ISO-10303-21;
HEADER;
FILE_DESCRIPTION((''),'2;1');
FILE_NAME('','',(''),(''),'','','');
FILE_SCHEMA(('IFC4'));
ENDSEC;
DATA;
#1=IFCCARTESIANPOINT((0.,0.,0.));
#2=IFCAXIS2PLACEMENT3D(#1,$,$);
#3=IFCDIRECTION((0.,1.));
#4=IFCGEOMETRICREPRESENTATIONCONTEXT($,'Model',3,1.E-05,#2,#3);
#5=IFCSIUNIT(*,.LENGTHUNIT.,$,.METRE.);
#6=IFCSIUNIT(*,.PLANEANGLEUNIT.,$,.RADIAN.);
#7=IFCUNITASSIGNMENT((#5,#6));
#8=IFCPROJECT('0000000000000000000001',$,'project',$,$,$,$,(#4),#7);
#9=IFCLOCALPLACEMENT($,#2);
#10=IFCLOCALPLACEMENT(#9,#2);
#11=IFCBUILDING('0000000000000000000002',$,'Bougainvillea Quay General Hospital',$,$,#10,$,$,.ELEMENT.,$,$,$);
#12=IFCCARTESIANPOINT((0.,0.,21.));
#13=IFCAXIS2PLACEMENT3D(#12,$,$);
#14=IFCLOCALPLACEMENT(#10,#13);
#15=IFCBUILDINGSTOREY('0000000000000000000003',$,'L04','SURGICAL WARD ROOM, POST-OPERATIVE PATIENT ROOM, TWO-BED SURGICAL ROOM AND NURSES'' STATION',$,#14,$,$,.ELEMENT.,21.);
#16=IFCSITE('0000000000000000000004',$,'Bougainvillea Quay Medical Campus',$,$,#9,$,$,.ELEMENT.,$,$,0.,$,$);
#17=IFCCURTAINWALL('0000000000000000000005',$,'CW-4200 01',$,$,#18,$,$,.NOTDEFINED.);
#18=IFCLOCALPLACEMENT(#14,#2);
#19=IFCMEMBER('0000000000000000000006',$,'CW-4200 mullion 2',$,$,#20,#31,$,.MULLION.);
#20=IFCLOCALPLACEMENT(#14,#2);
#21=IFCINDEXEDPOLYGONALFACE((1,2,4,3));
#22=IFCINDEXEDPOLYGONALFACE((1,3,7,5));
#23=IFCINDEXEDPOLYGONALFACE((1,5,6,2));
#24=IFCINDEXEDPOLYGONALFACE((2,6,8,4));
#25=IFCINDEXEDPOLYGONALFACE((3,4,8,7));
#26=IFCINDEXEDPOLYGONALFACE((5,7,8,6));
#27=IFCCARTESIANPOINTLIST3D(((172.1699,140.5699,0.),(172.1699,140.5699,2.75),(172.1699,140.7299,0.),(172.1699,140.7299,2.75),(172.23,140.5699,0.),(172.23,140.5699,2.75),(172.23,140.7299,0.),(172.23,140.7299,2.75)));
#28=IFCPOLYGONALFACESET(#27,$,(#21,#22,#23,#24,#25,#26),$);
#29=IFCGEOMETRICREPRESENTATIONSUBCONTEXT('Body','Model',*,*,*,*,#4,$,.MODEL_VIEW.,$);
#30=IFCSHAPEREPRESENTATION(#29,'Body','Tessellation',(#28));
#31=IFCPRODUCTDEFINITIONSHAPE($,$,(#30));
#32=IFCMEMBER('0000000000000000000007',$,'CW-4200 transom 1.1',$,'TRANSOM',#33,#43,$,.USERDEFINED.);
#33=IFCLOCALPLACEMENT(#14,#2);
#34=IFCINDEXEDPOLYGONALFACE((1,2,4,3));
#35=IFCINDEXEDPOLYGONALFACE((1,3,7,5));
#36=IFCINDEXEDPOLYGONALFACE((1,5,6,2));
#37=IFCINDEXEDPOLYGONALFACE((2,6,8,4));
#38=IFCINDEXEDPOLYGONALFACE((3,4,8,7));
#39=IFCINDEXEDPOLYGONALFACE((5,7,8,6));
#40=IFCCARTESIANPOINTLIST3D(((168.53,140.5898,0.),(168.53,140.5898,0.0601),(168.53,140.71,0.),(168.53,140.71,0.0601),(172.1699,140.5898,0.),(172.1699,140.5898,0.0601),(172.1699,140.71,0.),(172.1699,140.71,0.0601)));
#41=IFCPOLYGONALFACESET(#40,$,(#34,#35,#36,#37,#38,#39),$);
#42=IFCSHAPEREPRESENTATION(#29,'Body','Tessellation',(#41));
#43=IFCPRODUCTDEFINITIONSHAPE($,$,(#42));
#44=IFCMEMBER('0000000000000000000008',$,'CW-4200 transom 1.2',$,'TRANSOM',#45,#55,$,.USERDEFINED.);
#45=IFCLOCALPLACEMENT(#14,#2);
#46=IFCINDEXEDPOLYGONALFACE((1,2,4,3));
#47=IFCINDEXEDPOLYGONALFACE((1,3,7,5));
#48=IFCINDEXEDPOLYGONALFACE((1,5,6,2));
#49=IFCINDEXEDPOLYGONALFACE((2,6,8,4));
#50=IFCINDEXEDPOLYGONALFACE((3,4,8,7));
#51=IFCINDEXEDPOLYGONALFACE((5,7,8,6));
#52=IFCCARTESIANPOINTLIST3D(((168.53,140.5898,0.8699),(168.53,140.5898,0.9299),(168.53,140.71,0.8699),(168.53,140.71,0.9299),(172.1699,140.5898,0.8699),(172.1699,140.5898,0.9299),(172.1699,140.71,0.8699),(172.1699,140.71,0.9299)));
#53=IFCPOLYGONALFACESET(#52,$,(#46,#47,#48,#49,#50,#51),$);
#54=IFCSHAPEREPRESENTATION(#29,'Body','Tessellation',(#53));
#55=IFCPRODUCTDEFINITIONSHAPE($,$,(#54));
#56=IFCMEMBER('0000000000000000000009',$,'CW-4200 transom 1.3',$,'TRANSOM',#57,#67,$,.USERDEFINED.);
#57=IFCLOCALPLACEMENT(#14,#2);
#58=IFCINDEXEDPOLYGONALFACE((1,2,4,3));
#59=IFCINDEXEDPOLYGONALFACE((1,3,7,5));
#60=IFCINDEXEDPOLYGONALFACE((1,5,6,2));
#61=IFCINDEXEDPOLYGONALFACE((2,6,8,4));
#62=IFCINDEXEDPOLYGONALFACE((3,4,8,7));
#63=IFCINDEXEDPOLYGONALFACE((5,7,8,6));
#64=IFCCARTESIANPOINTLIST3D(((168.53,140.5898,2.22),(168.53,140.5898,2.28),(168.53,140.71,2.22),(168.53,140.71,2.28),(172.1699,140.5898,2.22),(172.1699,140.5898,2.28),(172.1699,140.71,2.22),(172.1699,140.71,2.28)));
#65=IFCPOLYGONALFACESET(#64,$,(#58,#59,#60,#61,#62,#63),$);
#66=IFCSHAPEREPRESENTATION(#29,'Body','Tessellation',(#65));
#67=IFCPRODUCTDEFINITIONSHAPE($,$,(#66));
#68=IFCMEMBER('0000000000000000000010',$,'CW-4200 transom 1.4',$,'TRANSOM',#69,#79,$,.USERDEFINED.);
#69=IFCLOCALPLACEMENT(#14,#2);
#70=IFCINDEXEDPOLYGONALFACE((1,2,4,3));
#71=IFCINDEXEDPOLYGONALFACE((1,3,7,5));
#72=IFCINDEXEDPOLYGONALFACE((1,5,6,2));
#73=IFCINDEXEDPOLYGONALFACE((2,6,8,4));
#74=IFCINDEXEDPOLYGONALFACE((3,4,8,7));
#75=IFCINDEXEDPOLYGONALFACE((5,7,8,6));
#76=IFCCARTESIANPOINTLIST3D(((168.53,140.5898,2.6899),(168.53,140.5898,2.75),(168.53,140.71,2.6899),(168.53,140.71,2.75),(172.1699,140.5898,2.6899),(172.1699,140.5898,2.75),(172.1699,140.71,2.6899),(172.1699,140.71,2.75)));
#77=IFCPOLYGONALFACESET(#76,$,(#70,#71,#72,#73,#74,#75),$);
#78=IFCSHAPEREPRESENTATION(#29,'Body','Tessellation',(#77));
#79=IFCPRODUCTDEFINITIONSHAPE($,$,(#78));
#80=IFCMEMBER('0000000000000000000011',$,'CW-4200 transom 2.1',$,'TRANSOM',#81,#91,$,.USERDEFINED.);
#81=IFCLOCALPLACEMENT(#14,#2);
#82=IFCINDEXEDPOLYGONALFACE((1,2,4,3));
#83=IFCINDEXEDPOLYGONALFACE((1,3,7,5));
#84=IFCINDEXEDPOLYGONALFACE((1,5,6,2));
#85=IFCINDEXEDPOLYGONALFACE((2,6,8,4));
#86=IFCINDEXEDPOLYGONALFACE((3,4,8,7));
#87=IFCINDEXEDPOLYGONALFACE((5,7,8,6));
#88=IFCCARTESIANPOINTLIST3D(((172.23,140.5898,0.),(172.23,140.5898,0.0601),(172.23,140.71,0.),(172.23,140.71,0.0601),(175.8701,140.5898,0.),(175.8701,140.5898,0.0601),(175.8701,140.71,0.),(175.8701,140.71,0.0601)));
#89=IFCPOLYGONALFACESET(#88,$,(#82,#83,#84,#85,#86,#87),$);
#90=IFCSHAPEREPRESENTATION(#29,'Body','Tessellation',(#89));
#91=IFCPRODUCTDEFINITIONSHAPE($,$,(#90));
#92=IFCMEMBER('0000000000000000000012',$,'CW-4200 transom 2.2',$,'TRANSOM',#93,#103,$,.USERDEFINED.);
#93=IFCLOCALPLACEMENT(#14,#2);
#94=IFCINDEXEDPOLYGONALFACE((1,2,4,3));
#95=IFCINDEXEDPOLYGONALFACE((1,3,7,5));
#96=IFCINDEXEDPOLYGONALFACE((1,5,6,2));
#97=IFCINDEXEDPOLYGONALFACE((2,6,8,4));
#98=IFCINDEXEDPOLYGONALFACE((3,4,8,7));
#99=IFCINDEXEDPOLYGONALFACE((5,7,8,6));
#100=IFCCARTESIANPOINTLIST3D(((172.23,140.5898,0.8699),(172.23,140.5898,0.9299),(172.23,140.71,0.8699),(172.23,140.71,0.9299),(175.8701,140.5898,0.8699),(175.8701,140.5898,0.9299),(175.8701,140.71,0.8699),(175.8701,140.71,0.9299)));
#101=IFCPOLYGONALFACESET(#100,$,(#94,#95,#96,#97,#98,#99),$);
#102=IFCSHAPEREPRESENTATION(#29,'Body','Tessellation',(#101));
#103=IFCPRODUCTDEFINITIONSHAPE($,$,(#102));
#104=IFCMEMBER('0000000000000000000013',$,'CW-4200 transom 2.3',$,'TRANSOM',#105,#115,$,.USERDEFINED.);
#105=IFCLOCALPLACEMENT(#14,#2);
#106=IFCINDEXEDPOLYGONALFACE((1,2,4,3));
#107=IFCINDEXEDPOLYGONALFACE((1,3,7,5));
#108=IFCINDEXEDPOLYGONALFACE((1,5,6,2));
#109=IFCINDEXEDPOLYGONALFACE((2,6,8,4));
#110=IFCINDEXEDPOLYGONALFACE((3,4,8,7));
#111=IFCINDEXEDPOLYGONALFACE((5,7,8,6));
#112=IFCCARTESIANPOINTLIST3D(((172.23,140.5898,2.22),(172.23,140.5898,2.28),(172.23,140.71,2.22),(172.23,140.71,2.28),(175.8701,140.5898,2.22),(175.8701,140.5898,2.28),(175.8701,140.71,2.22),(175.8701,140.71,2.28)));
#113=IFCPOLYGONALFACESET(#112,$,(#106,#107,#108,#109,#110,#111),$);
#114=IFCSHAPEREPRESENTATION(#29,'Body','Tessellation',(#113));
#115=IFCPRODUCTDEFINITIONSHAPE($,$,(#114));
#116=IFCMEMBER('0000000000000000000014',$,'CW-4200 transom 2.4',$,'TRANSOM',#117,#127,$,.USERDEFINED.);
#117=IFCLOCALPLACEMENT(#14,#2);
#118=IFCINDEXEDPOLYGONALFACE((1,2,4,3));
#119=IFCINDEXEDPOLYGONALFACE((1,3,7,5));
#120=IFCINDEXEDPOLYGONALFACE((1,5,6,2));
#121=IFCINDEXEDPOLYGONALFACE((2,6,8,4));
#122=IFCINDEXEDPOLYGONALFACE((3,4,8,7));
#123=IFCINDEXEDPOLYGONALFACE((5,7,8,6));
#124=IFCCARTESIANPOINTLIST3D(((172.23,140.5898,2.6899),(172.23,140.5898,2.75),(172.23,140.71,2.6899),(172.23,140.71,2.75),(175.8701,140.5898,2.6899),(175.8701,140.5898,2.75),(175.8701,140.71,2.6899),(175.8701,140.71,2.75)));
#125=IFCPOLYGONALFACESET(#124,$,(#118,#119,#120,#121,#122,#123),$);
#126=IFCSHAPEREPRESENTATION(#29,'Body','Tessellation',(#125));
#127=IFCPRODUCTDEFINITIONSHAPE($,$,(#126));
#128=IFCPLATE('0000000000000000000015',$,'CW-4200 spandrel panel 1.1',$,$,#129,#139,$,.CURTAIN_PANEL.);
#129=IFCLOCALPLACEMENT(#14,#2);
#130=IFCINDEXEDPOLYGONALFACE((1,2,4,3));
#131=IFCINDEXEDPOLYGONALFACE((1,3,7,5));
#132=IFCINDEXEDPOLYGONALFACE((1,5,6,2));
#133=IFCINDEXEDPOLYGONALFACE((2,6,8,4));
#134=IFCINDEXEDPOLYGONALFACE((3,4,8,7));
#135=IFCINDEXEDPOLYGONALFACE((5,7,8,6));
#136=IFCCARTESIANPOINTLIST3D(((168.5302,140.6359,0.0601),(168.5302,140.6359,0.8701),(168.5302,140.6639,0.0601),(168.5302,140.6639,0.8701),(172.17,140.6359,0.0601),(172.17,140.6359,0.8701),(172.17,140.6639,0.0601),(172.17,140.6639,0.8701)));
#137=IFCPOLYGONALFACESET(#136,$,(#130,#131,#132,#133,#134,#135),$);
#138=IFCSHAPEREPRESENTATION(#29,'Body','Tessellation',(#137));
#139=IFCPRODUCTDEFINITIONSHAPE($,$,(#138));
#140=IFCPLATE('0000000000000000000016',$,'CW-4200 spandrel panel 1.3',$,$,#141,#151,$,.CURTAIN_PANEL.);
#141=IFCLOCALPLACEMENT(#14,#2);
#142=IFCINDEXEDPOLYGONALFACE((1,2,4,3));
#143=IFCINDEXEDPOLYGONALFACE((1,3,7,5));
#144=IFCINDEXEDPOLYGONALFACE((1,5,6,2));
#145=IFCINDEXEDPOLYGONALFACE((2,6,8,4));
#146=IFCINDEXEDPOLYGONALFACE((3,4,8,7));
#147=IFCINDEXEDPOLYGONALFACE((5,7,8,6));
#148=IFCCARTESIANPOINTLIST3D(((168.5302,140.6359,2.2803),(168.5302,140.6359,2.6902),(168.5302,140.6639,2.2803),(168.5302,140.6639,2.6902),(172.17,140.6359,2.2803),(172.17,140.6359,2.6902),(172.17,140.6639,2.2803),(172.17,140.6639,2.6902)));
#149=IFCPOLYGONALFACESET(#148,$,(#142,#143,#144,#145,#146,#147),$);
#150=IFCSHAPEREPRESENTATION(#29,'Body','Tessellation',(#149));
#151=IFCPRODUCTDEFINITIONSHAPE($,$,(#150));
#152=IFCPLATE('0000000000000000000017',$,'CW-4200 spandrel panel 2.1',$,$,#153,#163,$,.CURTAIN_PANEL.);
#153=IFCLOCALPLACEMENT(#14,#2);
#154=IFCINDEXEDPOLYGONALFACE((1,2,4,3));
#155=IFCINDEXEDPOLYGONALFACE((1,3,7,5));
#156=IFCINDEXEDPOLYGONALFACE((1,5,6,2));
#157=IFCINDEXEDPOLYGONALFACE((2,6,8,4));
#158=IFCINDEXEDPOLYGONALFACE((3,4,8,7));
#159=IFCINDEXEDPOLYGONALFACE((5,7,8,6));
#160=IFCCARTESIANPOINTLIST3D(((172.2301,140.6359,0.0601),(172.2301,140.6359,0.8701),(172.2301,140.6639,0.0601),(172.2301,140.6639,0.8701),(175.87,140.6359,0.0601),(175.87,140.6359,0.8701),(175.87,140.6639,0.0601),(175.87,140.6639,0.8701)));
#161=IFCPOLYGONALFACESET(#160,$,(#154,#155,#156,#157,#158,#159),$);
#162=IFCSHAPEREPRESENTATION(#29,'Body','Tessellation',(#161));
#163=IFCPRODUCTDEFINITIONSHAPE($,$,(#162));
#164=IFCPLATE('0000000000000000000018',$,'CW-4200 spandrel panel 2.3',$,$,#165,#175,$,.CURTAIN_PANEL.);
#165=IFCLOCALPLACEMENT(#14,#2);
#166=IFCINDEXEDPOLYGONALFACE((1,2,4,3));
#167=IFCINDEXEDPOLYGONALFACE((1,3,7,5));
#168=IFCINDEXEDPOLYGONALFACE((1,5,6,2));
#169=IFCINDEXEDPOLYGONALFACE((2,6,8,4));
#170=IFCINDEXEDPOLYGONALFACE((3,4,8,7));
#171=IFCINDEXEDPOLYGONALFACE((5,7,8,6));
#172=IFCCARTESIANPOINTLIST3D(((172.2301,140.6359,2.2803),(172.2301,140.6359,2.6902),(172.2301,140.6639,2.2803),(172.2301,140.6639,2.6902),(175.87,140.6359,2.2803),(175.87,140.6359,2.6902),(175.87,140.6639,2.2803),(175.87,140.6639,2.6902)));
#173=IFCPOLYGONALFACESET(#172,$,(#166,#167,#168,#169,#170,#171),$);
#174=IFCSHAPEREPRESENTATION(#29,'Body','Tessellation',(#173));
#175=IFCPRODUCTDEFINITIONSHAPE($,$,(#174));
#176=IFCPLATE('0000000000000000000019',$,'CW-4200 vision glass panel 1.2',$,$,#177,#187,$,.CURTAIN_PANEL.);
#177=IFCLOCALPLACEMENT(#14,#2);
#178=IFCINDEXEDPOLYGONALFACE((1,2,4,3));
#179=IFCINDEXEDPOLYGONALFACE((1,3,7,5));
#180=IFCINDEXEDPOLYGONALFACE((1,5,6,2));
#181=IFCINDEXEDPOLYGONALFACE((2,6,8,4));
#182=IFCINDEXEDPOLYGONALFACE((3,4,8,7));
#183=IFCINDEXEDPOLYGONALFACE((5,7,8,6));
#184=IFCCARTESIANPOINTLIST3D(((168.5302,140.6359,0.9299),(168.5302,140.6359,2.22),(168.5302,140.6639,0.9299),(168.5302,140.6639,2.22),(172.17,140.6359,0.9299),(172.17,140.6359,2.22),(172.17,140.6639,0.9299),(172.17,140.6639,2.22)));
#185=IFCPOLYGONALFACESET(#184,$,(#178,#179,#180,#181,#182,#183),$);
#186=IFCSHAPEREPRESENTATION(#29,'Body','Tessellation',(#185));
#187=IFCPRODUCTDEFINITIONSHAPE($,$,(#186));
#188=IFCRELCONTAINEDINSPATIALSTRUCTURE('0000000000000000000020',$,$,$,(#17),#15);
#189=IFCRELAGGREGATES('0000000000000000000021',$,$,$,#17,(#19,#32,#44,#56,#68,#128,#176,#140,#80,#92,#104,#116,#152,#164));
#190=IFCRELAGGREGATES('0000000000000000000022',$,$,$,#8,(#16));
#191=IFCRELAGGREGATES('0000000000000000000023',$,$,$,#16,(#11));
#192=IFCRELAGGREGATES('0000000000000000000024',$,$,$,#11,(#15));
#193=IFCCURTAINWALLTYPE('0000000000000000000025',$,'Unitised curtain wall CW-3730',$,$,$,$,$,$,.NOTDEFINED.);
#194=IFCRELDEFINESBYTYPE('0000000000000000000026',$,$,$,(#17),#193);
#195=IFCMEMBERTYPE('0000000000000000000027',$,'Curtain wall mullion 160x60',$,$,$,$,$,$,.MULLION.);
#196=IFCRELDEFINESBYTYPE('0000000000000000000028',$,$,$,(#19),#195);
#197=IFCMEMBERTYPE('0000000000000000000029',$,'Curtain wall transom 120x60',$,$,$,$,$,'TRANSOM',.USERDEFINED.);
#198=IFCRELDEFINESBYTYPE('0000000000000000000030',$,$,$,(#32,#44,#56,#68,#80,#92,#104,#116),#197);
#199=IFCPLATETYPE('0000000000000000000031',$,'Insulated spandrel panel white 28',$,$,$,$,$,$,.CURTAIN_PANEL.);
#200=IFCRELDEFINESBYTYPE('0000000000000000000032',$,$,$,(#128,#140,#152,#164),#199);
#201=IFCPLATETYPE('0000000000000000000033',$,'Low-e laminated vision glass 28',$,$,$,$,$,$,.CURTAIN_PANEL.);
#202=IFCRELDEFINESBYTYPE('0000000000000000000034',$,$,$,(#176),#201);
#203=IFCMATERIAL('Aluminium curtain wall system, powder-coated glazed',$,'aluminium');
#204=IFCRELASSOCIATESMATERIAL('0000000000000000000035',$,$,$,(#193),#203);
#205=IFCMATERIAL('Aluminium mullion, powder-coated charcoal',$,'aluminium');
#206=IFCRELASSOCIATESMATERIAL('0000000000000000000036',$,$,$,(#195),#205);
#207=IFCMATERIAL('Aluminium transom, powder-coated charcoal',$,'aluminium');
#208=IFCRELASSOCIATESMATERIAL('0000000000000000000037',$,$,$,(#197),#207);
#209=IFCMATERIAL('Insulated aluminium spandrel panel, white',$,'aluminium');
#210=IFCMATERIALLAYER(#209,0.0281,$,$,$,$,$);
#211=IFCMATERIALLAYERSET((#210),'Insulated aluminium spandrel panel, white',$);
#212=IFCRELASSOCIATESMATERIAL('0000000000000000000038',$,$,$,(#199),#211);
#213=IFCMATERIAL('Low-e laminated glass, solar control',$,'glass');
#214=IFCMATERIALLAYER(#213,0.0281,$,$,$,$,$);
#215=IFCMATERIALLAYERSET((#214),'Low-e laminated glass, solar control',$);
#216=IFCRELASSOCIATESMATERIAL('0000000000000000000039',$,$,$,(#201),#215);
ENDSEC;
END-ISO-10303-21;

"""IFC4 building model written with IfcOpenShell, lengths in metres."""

from ifc_helpers import new_model, si_unit, direction, frame, origin, origin_2d, place, context, subcontext, project, spatial, rectangle, extrude, material, layer, layer_set, material_profile, profile_set, type_object, element, aggregate, save


model = new_model("IFC4")

# Units and contexts
model_context = context("Model", 3, precision=1e-05, world=origin(), true_north=direction((0.0, 1.0)))
body_context = subcontext(model_context, "Body", "Model", "MODEL_VIEW")
ifc_project = project(units=[si_unit("LENGTHUNIT", "METRE"), si_unit("PLANEANGLEUNIT", "RADIAN")], contexts=[model_context])

# Site, building, storey
site_placement = place(None, origin())
site = spatial("IfcSite", under=ifc_project, at=site_placement, Name="Bougainvillea Quay Medical Campus", CompositionType="ELEMENT", RefElevation=0.0)
building_placement = place(site_placement, origin())
building = spatial("IfcBuilding", under=site, at=building_placement, Name="Bougainvillea Quay General Hospital", CompositionType="ELEMENT")
storey_placement = place(building_placement, frame((0.0, 0.0, 21.0)))
storey = spatial("IfcBuildingStorey", under=building, at=storey_placement, Name="L04", Description="SURGICAL WARD ROOM, POST-OPERATIVE PATIENT ROOM, TWO-BED SURGICAL ROOM AND NURSES' STATION", CompositionType="ELEMENT", Elevation=21.0)

# Curtain wall, members, plates
ifc_material_1 = material(Name="Aluminium curtain wall system, powder-coated glazed", Category="aluminium")
curtain_wall_type = type_object("IfcCurtainWallType", Name="Unitised curtain wall CW-3730", PredefinedType="NOTDEFINED", material=ifc_material_1)
curtain_wall_placement = place(storey_placement, origin())
curtain_wall = element("IfcCurtainWall", 1, at=curtain_wall_placement, inside=storey, type_object=curtain_wall_type, Name="CW-4200 01", PredefinedType="NOTDEFINED")
ifc_material_2 = material(Name="Aluminium mullion, powder-coated charcoal", Category="aluminium")
ifc_material_profile_1 = material_profile(ifc_material_2, rectangle(XDim=0.1599, YDim=0.0601, at=origin_2d()))
ifc_profile_set_1 = profile_set([ifc_material_profile_1], Name="Aluminium mullion, powder-coated charcoal")
member_type_1 = type_object("IfcMemberType", Name="Curtain wall mullion 160x60", PredefinedType="MULLION", material=ifc_profile_set_1)
member_1_placement = place(storey_placement, frame((172.2, 140.6499, 0.0), z_axis=(0.0, 0.0, 1.0), x_axis=(0.0, 1.0, 0.0)))
member_1 = element("IfcMember", 2, at=member_1_placement, type_object=member_type_1, Name="CW-4200 mullion 2", PredefinedType="MULLION", context=body_context, shape_type="SweptSolid", body=[
    extrude(rectangle(XDim=0.1599, YDim=0.0601, at=origin_2d()), origin(), (0.0, 0.0, 1.0), 2.75),
])
ifc_material_3 = material(Name="Aluminium transom, powder-coated charcoal", Category="aluminium")
ifc_material_profile_2 = material_profile(ifc_material_3, rectangle(XDim=0.1201, YDim=0.0601, at=origin_2d()))
ifc_profile_set_2 = profile_set([ifc_material_profile_2], Name="Aluminium transom, powder-coated charcoal")
member_type_2 = type_object("IfcMemberType", Name="Curtain wall transom 120x60", ElementType="TRANSOM", PredefinedType="USERDEFINED", material=ifc_profile_set_2)
member_2_placement = place(storey_placement, frame((168.53, 140.6499, 0.03), z_axis=(1.0, 0.0, 0.0), x_axis=(0.0, 1.0, 0.0)))
member_2 = element("IfcMember", 3, at=member_2_placement, type_object=member_type_2, Name="CW-4200 transom 1.1", ObjectType="TRANSOM", PredefinedType="USERDEFINED", context=body_context, shape_type="SweptSolid", body=[
    extrude(rectangle(XDim=0.1201, YDim=0.0601, at=origin_2d()), origin(), (0.0, 0.0, 1.0), 3.6399),
])
member_3_placement = place(storey_placement, frame((168.53, 140.6499, 0.8999), z_axis=(1.0, 0.0, 0.0), x_axis=(0.0, 1.0, 0.0)))
member_3 = element("IfcMember", 4, at=member_3_placement, type_object=member_type_2, Name="CW-4200 transom 1.2", ObjectType="TRANSOM", PredefinedType="USERDEFINED", context=body_context, shape_type="SweptSolid", body=[
    extrude(rectangle(XDim=0.1201, YDim=0.0601, at=origin_2d()), origin(), (0.0, 0.0, 1.0), 3.6399),
])
member_4_placement = place(storey_placement, frame((168.53, 140.6499, 2.25), z_axis=(1.0, 0.0, 0.0), x_axis=(0.0, 1.0, 0.0)))
member_4 = element("IfcMember", 5, at=member_4_placement, type_object=member_type_2, Name="CW-4200 transom 1.3", ObjectType="TRANSOM", PredefinedType="USERDEFINED", context=body_context, shape_type="SweptSolid", body=[
    extrude(rectangle(XDim=0.1201, YDim=0.0601, at=origin_2d()), origin(), (0.0, 0.0, 1.0), 3.6399),
])
member_5_placement = place(storey_placement, frame((168.53, 140.6499, 2.72), z_axis=(1.0, 0.0, 0.0), x_axis=(0.0, 1.0, 0.0)))
member_5 = element("IfcMember", 6, at=member_5_placement, type_object=member_type_2, Name="CW-4200 transom 1.4", ObjectType="TRANSOM", PredefinedType="USERDEFINED", context=body_context, shape_type="SweptSolid", body=[
    extrude(rectangle(XDim=0.1201, YDim=0.0601, at=origin_2d()), origin(), (0.0, 0.0, 1.0), 3.6399),
])
member_6_placement = place(storey_placement, frame((172.23, 140.6499, 0.03), z_axis=(1.0, 0.0, 0.0), x_axis=(0.0, 1.0, 0.0)))
member_6 = element("IfcMember", 7, at=member_6_placement, type_object=member_type_2, Name="CW-4200 transom 2.1", ObjectType="TRANSOM", PredefinedType="USERDEFINED", context=body_context, shape_type="SweptSolid", body=[
    extrude(rectangle(XDim=0.1201, YDim=0.0601, at=origin_2d()), origin(), (0.0, 0.0, 1.0), 3.6401),
])
member_7_placement = place(storey_placement, frame((172.23, 140.6499, 0.8999), z_axis=(1.0, 0.0, 0.0), x_axis=(0.0, 1.0, 0.0)))
member_7 = element("IfcMember", 8, at=member_7_placement, type_object=member_type_2, Name="CW-4200 transom 2.2", ObjectType="TRANSOM", PredefinedType="USERDEFINED", context=body_context, shape_type="SweptSolid", body=[
    extrude(rectangle(XDim=0.1201, YDim=0.0601, at=origin_2d()), origin(), (0.0, 0.0, 1.0), 3.6401),
])
member_8_placement = place(storey_placement, frame((172.23, 140.6499, 2.25), z_axis=(1.0, 0.0, 0.0), x_axis=(0.0, 1.0, 0.0)))
member_8 = element("IfcMember", 9, at=member_8_placement, type_object=member_type_2, Name="CW-4200 transom 2.3", ObjectType="TRANSOM", PredefinedType="USERDEFINED", context=body_context, shape_type="SweptSolid", body=[
    extrude(rectangle(XDim=0.1201, YDim=0.0601, at=origin_2d()), origin(), (0.0, 0.0, 1.0), 3.6401),
])
member_9_placement = place(storey_placement, frame((172.23, 140.6499, 2.72), z_axis=(1.0, 0.0, 0.0), x_axis=(0.0, 1.0, 0.0)))
member_9 = element("IfcMember", 10, at=member_9_placement, type_object=member_type_2, Name="CW-4200 transom 2.4", ObjectType="TRANSOM", PredefinedType="USERDEFINED", context=body_context, shape_type="SweptSolid", body=[
    extrude(rectangle(XDim=0.1201, YDim=0.0601, at=origin_2d()), origin(), (0.0, 0.0, 1.0), 3.6401),
])
ifc_material_4 = material(Name="Insulated aluminium spandrel panel, white", Category="aluminium")
ifc_layer_1 = layer(ifc_material_4, 0.0281)
ifc_layer_set_1 = layer_set([ifc_layer_1], Name="Insulated aluminium spandrel panel, white")
plate_type_1 = type_object("IfcPlateType", Name="Insulated spandrel panel white 28", PredefinedType="CURTAIN_PANEL", material=ifc_layer_set_1)
plate_1_placement = place(storey_placement, frame((170.3501, 140.6499, 0.0601), z_axis=(0.0, 0.0, 1.0), x_axis=(1.0, 0.0, 0.0)))
plate_1 = element("IfcPlate", 11, at=plate_1_placement, type_object=plate_type_1, Name="CW-4200 spandrel panel 1.1", PredefinedType="CURTAIN_PANEL", context=body_context, shape_type="SweptSolid", body=[
    extrude(rectangle(XDim=3.6399, YDim=0.0281, at=origin_2d()), origin(), (0.0, 0.0, 1.0), 0.8101),
])
plate_2_placement = place(storey_placement, frame((170.3501, 140.6499, 2.2803), z_axis=(0.0, 0.0, 1.0), x_axis=(1.0, 0.0, 0.0)))
plate_2 = element("IfcPlate", 12, at=plate_2_placement, type_object=plate_type_1, Name="CW-4200 spandrel panel 1.3", PredefinedType="CURTAIN_PANEL", context=body_context, shape_type="SweptSolid", body=[
    extrude(rectangle(XDim=3.6399, YDim=0.0281, at=origin_2d()), origin(), (0.0, 0.0, 1.0), 0.4099),
])
plate_3_placement = place(storey_placement, frame((174.05, 140.6499, 0.0601), z_axis=(0.0, 0.0, 1.0), x_axis=(1.0, 0.0, 0.0)))
plate_3 = element("IfcPlate", 13, at=plate_3_placement, type_object=plate_type_1, Name="CW-4200 spandrel panel 2.1", PredefinedType="CURTAIN_PANEL", context=body_context, shape_type="SweptSolid", body=[
    extrude(rectangle(XDim=3.6399, YDim=0.0281, at=origin_2d()), origin(), (0.0, 0.0, 1.0), 0.8101),
])
plate_4_placement = place(storey_placement, frame((174.05, 140.6499, 2.2803), z_axis=(0.0, 0.0, 1.0), x_axis=(1.0, 0.0, 0.0)))
plate_4 = element("IfcPlate", 14, at=plate_4_placement, type_object=plate_type_1, Name="CW-4200 spandrel panel 2.3", PredefinedType="CURTAIN_PANEL", context=body_context, shape_type="SweptSolid", body=[
    extrude(rectangle(XDim=3.6399, YDim=0.0281, at=origin_2d()), origin(), (0.0, 0.0, 1.0), 0.4099),
])
ifc_material_5 = material(Name="Low-e laminated glass, solar control", Category="glass")
ifc_layer_2 = layer(ifc_material_5, 0.0281)
ifc_layer_set_2 = layer_set([ifc_layer_2], Name="Low-e laminated glass, solar control")
plate_type_2 = type_object("IfcPlateType", Name="Low-e laminated vision glass 28", PredefinedType="CURTAIN_PANEL", material=ifc_layer_set_2)
plate_5_placement = place(storey_placement, frame((170.3501, 140.6499, 0.9299), z_axis=(0.0, 0.0, 1.0), x_axis=(1.0, 0.0, 0.0)))
plate_5 = element("IfcPlate", 15, at=plate_5_placement, type_object=plate_type_2, Name="CW-4200 vision glass panel 1.2", PredefinedType="CURTAIN_PANEL", context=body_context, shape_type="SweptSolid", body=[
    extrude(rectangle(XDim=3.6399, YDim=0.0281, at=origin_2d()), origin(), (0.0, 0.0, 1.0), 1.29),
])
aggregate(curtain_wall, [member_1, member_2, member_3, member_4, member_5, plate_1, plate_5, plate_2, member_6, member_7, member_8, member_9, plate_3, plate_4])

save(model, "model.ifc")
